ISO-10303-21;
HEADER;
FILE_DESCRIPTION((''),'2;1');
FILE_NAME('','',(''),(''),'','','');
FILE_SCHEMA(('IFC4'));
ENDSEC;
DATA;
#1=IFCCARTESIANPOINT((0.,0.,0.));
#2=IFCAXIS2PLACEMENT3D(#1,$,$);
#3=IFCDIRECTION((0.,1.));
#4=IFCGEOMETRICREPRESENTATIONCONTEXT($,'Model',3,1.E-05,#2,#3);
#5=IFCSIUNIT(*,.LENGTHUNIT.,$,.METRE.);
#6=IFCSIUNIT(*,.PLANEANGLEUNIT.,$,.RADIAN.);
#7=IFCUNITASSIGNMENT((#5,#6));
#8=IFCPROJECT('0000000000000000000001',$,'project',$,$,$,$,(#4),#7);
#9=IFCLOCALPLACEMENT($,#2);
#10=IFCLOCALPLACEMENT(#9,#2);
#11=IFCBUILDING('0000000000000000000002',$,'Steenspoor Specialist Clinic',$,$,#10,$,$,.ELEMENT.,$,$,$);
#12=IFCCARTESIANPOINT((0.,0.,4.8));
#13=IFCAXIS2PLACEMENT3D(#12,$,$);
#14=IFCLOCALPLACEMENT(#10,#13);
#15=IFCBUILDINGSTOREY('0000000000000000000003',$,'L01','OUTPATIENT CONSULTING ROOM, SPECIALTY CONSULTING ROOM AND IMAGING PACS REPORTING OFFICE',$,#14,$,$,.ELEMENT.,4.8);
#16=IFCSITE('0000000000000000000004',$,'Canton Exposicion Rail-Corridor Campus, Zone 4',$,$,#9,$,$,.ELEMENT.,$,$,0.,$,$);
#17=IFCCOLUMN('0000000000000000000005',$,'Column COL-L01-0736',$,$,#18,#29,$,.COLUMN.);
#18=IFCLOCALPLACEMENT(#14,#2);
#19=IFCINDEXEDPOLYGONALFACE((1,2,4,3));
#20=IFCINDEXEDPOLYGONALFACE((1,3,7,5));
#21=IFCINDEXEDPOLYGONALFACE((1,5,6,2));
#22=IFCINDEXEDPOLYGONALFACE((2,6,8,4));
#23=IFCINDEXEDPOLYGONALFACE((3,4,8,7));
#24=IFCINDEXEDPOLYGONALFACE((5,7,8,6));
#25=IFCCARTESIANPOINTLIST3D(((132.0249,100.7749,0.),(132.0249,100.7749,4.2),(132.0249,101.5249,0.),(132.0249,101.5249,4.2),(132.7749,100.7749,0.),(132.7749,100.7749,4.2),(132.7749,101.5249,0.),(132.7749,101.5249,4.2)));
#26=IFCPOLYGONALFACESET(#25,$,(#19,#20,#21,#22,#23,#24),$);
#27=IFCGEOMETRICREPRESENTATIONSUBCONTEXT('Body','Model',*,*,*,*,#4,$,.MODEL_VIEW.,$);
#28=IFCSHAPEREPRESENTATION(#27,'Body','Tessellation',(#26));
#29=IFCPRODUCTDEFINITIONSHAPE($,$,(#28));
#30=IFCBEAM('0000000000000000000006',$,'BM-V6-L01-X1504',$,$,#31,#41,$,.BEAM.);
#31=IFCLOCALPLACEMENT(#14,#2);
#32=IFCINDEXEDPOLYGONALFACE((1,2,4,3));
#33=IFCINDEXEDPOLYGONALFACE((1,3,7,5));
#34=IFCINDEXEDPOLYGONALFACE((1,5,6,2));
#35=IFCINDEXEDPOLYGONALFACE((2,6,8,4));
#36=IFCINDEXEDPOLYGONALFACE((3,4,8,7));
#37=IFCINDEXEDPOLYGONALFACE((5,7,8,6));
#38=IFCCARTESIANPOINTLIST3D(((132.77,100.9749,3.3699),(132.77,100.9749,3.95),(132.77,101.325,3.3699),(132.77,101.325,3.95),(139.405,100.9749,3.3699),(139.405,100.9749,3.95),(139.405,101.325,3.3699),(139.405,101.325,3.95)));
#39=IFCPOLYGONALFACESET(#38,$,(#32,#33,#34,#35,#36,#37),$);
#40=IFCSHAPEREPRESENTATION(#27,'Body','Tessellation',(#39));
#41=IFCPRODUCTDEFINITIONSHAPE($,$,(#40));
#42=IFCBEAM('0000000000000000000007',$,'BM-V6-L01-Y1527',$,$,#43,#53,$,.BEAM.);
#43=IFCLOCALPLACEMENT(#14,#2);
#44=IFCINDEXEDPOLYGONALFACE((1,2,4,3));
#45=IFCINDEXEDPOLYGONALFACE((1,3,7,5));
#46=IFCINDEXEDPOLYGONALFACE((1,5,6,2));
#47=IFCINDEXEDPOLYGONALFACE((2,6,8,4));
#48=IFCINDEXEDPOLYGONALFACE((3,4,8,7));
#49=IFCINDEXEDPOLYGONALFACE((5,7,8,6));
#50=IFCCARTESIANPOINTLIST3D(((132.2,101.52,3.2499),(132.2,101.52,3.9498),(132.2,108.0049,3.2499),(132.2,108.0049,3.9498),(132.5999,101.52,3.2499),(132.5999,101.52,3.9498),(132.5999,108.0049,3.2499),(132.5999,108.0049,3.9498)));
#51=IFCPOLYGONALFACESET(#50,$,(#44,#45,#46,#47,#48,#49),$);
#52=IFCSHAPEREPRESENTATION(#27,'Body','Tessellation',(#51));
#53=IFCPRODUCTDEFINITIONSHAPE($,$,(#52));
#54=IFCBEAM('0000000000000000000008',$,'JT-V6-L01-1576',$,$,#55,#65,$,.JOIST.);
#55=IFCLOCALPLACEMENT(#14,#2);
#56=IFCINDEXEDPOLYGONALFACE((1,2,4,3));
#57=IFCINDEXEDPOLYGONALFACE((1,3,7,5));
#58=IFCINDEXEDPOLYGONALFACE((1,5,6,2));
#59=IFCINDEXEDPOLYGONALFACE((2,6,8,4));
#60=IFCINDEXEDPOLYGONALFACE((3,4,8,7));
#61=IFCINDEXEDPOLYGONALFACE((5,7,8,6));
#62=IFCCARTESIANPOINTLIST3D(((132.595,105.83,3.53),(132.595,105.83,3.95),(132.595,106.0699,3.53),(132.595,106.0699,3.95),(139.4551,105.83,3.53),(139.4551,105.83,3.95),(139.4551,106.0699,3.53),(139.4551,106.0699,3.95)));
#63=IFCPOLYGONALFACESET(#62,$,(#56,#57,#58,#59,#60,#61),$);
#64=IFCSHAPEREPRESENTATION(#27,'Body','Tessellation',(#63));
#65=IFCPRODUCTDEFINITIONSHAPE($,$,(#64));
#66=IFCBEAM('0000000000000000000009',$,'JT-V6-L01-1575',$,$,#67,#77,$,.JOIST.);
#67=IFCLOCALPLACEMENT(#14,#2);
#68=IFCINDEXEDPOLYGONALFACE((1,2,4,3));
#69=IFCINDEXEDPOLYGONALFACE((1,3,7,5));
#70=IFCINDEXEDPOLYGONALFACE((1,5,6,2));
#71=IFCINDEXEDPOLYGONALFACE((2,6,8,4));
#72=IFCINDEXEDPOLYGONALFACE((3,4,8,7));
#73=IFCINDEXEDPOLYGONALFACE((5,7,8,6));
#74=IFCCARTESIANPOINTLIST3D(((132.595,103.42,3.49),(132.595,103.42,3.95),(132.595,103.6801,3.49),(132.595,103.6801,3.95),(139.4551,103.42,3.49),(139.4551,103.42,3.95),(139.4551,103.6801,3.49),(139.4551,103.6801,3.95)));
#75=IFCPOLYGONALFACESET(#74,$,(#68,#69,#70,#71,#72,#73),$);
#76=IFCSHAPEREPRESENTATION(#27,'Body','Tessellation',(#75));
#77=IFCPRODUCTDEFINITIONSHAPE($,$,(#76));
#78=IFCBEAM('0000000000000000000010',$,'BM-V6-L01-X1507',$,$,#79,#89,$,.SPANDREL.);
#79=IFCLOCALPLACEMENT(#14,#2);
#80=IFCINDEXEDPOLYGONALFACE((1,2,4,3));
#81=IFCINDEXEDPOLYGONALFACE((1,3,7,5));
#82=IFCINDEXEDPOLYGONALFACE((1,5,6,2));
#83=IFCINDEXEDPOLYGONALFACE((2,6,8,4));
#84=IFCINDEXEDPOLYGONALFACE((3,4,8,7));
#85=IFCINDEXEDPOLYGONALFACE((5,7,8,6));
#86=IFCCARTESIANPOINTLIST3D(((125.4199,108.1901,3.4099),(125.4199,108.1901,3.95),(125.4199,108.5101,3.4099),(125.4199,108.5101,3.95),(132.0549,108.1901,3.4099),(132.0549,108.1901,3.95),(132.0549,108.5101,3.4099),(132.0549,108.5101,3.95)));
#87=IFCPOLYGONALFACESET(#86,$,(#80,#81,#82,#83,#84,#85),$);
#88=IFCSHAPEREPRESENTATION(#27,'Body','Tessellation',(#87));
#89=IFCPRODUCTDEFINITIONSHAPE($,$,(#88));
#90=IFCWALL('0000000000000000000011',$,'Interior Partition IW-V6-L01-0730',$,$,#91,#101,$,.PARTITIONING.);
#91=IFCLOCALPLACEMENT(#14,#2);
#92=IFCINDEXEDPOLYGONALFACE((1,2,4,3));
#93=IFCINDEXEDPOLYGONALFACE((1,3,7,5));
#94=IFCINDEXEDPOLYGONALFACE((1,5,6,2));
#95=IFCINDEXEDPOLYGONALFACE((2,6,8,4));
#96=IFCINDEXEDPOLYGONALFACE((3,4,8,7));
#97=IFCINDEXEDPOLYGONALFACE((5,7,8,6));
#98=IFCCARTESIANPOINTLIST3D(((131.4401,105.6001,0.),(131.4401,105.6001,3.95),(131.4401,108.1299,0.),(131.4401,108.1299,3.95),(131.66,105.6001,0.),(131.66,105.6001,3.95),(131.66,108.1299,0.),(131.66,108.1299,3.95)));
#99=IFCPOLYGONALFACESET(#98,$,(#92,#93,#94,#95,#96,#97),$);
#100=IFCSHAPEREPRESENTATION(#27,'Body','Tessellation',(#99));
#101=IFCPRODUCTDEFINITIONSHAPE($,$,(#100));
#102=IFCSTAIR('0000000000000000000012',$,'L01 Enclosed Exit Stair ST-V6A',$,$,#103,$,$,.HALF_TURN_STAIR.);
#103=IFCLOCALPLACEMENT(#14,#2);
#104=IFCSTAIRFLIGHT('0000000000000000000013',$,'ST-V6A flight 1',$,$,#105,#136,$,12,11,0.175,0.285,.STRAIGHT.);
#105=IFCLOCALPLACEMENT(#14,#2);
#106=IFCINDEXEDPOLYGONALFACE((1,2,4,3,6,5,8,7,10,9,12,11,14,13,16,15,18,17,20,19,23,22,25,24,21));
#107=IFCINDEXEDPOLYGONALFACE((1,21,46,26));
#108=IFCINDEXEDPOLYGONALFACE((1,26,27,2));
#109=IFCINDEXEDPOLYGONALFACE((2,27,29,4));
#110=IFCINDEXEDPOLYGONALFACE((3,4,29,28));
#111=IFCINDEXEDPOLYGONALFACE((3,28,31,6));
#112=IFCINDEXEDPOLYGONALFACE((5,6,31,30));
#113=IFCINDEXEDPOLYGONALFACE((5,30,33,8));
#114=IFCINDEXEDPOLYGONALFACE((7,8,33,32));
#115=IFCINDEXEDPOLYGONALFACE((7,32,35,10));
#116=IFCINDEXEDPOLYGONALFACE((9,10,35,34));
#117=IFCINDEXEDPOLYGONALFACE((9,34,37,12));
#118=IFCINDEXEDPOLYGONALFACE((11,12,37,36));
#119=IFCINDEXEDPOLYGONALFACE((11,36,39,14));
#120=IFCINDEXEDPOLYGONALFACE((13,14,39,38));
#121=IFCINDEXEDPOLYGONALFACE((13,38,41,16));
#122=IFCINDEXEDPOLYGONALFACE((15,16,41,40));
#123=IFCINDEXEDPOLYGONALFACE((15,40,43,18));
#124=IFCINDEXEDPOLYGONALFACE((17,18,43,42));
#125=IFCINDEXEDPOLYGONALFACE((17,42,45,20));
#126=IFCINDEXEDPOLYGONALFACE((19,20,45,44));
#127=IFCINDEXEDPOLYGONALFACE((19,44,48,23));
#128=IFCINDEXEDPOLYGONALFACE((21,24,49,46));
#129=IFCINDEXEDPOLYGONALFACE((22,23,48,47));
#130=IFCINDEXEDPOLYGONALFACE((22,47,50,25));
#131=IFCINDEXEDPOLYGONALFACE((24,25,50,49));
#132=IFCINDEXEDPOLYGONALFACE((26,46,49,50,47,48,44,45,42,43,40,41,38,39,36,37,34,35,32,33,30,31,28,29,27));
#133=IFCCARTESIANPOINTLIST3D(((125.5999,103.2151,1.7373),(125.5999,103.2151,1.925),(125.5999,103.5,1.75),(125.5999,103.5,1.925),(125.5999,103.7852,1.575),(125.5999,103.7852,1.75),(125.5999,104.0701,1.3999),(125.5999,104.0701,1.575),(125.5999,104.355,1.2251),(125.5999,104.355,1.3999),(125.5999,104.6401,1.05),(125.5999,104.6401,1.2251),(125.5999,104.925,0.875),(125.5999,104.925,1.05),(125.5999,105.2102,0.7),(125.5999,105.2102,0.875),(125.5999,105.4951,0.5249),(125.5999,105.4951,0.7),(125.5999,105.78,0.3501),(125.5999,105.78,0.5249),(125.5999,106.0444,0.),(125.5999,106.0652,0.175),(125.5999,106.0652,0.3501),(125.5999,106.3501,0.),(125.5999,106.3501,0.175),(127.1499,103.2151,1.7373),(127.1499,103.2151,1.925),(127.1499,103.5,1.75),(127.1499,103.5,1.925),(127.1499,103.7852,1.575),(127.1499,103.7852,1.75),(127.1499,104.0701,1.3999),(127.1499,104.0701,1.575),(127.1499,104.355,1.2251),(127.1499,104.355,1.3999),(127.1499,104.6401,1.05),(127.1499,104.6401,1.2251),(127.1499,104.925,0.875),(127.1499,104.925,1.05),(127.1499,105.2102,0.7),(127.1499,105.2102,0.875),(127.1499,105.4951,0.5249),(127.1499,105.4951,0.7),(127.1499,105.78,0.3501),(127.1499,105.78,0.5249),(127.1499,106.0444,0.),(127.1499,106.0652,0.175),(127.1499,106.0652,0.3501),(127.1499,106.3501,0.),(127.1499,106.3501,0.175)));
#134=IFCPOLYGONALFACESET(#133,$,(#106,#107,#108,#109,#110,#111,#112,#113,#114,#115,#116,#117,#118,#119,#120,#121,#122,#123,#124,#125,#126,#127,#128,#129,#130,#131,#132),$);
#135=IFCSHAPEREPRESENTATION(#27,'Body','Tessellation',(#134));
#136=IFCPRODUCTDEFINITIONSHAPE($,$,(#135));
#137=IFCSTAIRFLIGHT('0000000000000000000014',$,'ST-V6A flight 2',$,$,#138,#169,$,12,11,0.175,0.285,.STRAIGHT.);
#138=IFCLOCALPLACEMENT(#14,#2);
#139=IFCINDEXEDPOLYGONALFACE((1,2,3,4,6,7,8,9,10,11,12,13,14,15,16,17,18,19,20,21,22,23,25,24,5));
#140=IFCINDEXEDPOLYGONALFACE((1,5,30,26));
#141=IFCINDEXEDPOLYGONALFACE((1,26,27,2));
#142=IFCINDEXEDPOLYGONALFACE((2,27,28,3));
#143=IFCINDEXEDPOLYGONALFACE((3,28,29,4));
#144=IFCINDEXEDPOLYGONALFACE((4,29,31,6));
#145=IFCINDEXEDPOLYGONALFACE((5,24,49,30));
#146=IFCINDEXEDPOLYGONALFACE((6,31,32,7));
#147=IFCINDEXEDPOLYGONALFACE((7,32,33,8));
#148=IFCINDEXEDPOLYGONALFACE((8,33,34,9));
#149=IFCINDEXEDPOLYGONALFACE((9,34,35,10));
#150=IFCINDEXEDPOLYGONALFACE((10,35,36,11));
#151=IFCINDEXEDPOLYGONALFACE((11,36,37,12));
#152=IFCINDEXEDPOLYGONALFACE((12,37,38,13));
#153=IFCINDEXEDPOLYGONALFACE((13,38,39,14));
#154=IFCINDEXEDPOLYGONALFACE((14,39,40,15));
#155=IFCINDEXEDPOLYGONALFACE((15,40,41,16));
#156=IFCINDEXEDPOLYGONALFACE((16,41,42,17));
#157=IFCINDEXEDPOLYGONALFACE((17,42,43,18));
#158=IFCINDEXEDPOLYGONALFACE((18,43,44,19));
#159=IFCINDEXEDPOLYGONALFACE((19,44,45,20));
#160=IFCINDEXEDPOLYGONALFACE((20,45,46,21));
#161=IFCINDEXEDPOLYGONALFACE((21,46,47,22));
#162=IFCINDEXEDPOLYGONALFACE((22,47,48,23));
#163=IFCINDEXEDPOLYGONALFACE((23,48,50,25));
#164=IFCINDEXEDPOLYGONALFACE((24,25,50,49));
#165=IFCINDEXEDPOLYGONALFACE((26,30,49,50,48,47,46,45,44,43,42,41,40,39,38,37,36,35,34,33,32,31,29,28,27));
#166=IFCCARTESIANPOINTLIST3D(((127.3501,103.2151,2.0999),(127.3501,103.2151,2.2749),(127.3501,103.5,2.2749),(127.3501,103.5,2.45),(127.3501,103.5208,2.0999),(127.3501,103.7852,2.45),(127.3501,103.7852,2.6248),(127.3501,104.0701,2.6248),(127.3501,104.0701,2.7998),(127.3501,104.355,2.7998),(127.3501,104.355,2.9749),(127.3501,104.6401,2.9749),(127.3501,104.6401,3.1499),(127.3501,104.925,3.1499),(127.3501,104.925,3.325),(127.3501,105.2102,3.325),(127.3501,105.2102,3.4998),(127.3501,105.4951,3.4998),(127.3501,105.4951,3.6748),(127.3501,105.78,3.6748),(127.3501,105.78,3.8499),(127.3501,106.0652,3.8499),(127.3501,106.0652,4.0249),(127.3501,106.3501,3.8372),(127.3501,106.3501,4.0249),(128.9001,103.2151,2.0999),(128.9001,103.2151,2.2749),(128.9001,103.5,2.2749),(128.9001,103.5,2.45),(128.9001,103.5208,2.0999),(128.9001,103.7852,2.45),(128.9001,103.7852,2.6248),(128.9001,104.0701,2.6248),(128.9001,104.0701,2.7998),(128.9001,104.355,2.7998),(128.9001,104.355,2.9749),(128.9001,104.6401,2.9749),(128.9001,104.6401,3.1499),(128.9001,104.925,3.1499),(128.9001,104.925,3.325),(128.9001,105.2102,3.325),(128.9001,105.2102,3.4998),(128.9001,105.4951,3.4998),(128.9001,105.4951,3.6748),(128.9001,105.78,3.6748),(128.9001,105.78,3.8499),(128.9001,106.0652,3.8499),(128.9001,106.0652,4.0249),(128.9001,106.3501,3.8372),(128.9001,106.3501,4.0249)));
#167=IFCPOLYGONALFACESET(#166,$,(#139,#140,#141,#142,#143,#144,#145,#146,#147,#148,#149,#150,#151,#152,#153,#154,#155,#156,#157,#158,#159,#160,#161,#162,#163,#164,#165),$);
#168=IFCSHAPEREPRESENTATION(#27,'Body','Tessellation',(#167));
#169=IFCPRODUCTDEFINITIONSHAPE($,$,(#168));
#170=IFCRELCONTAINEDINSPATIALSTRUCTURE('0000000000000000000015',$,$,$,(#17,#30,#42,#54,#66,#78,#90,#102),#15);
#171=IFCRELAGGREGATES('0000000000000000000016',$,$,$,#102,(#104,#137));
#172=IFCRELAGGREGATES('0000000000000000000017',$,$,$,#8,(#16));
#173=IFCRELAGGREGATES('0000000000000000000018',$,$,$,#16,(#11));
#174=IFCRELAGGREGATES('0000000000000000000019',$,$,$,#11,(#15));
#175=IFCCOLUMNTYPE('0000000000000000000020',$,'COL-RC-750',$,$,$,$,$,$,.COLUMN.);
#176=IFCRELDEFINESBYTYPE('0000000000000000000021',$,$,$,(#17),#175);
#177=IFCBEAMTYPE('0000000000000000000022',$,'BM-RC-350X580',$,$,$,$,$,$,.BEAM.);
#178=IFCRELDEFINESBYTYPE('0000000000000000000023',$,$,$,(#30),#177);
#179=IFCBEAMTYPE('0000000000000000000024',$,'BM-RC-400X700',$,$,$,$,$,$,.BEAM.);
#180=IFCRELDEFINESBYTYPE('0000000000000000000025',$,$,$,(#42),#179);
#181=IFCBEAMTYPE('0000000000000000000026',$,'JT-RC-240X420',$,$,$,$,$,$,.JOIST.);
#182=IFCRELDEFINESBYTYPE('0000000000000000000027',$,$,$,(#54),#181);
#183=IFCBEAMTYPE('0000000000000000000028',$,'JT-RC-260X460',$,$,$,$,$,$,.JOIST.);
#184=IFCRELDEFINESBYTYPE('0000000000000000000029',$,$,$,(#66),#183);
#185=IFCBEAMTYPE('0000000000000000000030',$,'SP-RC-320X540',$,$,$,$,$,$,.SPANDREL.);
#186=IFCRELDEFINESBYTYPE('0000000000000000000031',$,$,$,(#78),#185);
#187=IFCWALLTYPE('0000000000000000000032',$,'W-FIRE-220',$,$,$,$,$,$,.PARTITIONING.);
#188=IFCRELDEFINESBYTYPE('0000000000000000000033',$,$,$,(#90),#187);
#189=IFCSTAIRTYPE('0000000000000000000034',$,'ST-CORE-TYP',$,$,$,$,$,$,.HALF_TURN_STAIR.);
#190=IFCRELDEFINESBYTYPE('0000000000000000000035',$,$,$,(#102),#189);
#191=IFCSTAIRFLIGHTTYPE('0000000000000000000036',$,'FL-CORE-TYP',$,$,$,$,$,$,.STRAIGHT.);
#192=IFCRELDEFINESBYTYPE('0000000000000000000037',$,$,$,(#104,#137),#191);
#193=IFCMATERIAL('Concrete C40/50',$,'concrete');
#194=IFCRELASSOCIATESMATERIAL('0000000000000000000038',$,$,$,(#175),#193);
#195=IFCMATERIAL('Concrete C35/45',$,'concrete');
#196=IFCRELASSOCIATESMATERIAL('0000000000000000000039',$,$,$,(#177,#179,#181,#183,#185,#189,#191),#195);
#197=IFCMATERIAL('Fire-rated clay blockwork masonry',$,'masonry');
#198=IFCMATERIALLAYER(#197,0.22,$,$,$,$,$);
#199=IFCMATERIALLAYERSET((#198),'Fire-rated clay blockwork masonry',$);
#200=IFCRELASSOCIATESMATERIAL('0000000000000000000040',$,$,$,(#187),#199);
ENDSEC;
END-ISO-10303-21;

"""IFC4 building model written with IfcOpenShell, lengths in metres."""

from ifc_helpers import new_model, si_unit, direction, frame, frame_2d, origin, origin_2d, place, context, subcontext, project, spatial, polyline, rectangle, outline, extrude, material, layer, layer_set, material_profile, profile_set, type_object, element, aggregate, save


model = new_model("IFC4")

# Units and contexts
model_context = context("Model", 3, precision=1e-05, world=origin(), true_north=direction((0.0, 1.0)))
body_context = subcontext(model_context, "Body", "Model", "MODEL_VIEW")
ifc_project = project(units=[si_unit("LENGTHUNIT", "METRE"), si_unit("PLANEANGLEUNIT", "RADIAN")], contexts=[model_context])

# Site, building, storey
site_placement = place(None, origin())
site = spatial("IfcSite", under=ifc_project, at=site_placement, Name="Canton Exposicion Rail-Corridor Campus, Zone 4", CompositionType="ELEMENT", RefElevation=0.0)
building_placement = place(site_placement, origin())
building = spatial("IfcBuilding", under=site, at=building_placement, Name="Steenspoor Specialist Clinic", CompositionType="ELEMENT")
storey_placement = place(building_placement, frame((0.0, 0.0, 4.8)))
storey = spatial("IfcBuildingStorey", under=building, at=storey_placement, Name="L01", Description="OUTPATIENT CONSULTING ROOM, SPECIALTY CONSULTING ROOM AND IMAGING PACS REPORTING OFFICE", CompositionType="ELEMENT", Elevation=4.8)

# Column
ifc_material_1 = material(Name="Concrete C40/50", Category="concrete")
ifc_material_profile_1 = material_profile(ifc_material_1, rectangle(XDim=0.75, YDim=0.75, at=origin_2d()), Name="RC-COL-750X750")
ifc_profile_set_1 = profile_set([ifc_material_profile_1], Name="Concrete C40/50")
column_type = type_object("IfcColumnType", Name="COL-RC-750", PredefinedType="COLUMN", material=ifc_profile_set_1)
column_placement = place(storey_placement, frame((132.3999, 101.1499, 0.0), z_axis=(0.0, 0.0, 1.0), x_axis=(1.0, 0.0, 0.0)))
element("IfcColumn", 1, at=column_placement, inside=storey, type_object=column_type, Name="Column COL-L01-0736", PredefinedType="COLUMN", context=body_context, shape_type="SweptSolid", body=[
    extrude(rectangle(XDim=0.75, YDim=0.75, at=origin_2d()), origin(), (0.0, 0.0, 1.0), 4.2),
])

# Beams
ifc_material_2 = material(Name="Concrete C35/45", Category="concrete")
ifc_material_profile_2 = material_profile(ifc_material_2, rectangle(XDim=0.3501, YDim=0.5801, at=origin_2d()), Name="RC-BM-350X580")
ifc_profile_set_2 = profile_set([ifc_material_profile_2], Name="Concrete C35/45")
beam_type_1 = type_object("IfcBeamType", Name="BM-RC-350X580", PredefinedType="BEAM", material=ifc_profile_set_2)
beam_1_placement = place(storey_placement, frame((132.77, 101.1499, 3.6599), z_axis=(1.0, 0.0, 0.0), x_axis=(0.0, 1.0, 0.0)))
element("IfcBeam", 2, at=beam_1_placement, inside=storey, type_object=beam_type_1, Name="BM-V6-L01-X1504", PredefinedType="BEAM", context=body_context, shape_type="SweptSolid", body=[
    extrude(rectangle(XDim=0.3501, YDim=0.5801, at=origin_2d()), origin(), (0.0, 0.0, 1.0), 6.635),
])
ifc_material_profile_3 = material_profile(ifc_material_2, rectangle(XDim=0.3999, YDim=0.7, at=origin_2d()), Name="RC-BM-400X700")
ifc_profile_set_3 = profile_set([ifc_material_profile_3], Name="Concrete C35/45")
beam_type_2 = type_object("IfcBeamType", Name="BM-RC-400X700", PredefinedType="BEAM", material=ifc_profile_set_3)
beam_2_placement = place(storey_placement, frame((132.3999, 101.52, 3.5999), z_axis=(0.0, 1.0, 0.0), x_axis=(-1.0, 0.0, 0.0)))
element("IfcBeam", 3, at=beam_2_placement, inside=storey, type_object=beam_type_2, Name="BM-V6-L01-Y1527", PredefinedType="BEAM", context=body_context, shape_type="SweptSolid", body=[
    extrude(rectangle(XDim=0.3999, YDim=0.7, at=origin_2d()), origin(), (0.0, 0.0, 1.0), 6.4849),
])
ifc_material_profile_4 = material_profile(ifc_material_2, rectangle(XDim=0.24, YDim=0.4199, at=origin_2d()), Name="RC-JT-240X420")
ifc_profile_set_4 = profile_set([ifc_material_profile_4], Name="Concrete C35/45")
beam_type_3 = type_object("IfcBeamType", Name="JT-RC-240X420", PredefinedType="JOIST", material=ifc_profile_set_4)
beam_3_placement = place(storey_placement, frame((132.595, 105.95, 3.74), z_axis=(1.0, 0.0, 0.0), x_axis=(0.0, 1.0, 0.0)))
element("IfcBeam", 4, at=beam_3_placement, inside=storey, type_object=beam_type_3, Name="JT-V6-L01-1576", PredefinedType="JOIST", context=body_context, shape_type="SweptSolid", body=[
    extrude(rectangle(XDim=0.24, YDim=0.4199, at=origin_2d()), origin(), (0.0, 0.0, 1.0), 6.8601),
])
ifc_material_profile_5 = material_profile(ifc_material_2, rectangle(XDim=0.26, YDim=0.46, at=origin_2d()), Name="RC-JT-260X460")
ifc_profile_set_5 = profile_set([ifc_material_profile_5], Name="Concrete C35/45")
beam_type_4 = type_object("IfcBeamType", Name="JT-RC-260X460", PredefinedType="JOIST", material=ifc_profile_set_5)
beam_4_placement = place(storey_placement, frame((132.595, 103.55, 3.72), z_axis=(1.0, 0.0, 0.0), x_axis=(0.0, 1.0, 0.0)))
element("IfcBeam", 5, at=beam_4_placement, inside=storey, type_object=beam_type_4, Name="JT-V6-L01-1575", PredefinedType="JOIST", context=body_context, shape_type="SweptSolid", body=[
    extrude(rectangle(XDim=0.26, YDim=0.46, at=origin_2d()), origin(), (0.0, 0.0, 1.0), 6.8601),
])
ifc_material_profile_6 = material_profile(ifc_material_2, rectangle(XDim=0.3201, YDim=0.54, at=origin_2d()), Name="RC-SP-320X540")
ifc_profile_set_6 = profile_set([ifc_material_profile_6], Name="Concrete C35/45")
beam_type_5 = type_object("IfcBeamType", Name="SP-RC-320X540", PredefinedType="SPANDREL", material=ifc_profile_set_6)
beam_5_placement = place(storey_placement, frame((125.4199, 108.3501, 3.6799), z_axis=(1.0, 0.0, 0.0), x_axis=(0.0, 1.0, 0.0)))
element("IfcBeam", 6, at=beam_5_placement, inside=storey, type_object=beam_type_5, Name="BM-V6-L01-X1507", PredefinedType="SPANDREL", context=body_context, shape_type="SweptSolid", body=[
    extrude(rectangle(XDim=0.3201, YDim=0.54, at=origin_2d()), origin(), (0.0, 0.0, 1.0), 6.635),
])

# Wall
ifc_material_3 = material(Name="Fire-rated clay blockwork masonry", Category="masonry")
ifc_layer = layer(ifc_material_3, 0.22)
ifc_layer_set = layer_set([ifc_layer], Name="Fire-rated clay blockwork masonry")
wall_type = type_object("IfcWallType", Name="W-FIRE-220", PredefinedType="PARTITIONING", material=ifc_layer_set)
wall_placement = place(storey_placement, frame((131.55, 105.6001, 0.0), z_axis=(0.0, 0.0, 1.0), x_axis=(0.0, 1.0, 0.0)))
element("IfcWall", 7, at=wall_placement, inside=storey, type_object=wall_type, Name="Interior Partition IW-V6-L01-0730", PredefinedType="PARTITIONING", context=body_context, shape_type="SweptSolid", body=[
    extrude(rectangle(XDim=2.5298, YDim=0.22, at=frame_2d((1.2649, 0.0))), origin(), (0.0, 0.0, 1.0), 3.95),
])

# Stair, stair flights
stair_type = type_object("IfcStairType", Name="ST-CORE-TYP", PredefinedType="HALF_TURN_STAIR", material=ifc_material_2)
stair_placement = place(storey_placement, origin())
stair = element("IfcStair", 8, at=stair_placement, inside=storey, type_object=stair_type, Name="L01 Enclosed Exit Stair ST-V6A", PredefinedType="HALF_TURN_STAIR")
stair_flight_type = type_object("IfcStairFlightType", Name="FL-CORE-TYP", PredefinedType="STRAIGHT", material=ifc_material_2)
stair_flight_1_placement = place(storey_placement, frame((126.375, 106.3501, 0.0), z_axis=(0.0, 0.0, 1.0), x_axis=(0.0, -1.0, 0.0)))
stair_flight_1 = element("IfcStairFlight", 9, at=stair_flight_1_placement, type_object=stair_flight_type, Name="ST-V6A flight 1", NumberOfRisers=12, NumberOfTreads=11, PredefinedType="STRAIGHT", RiserHeight=0.175, TreadLength=0.285, context=body_context, shape_type="SweptSolid", body=[
    extrude(outline(polyline([(0.0, 0.0), (0.0, 0.175), (0.2849, 0.175), (0.2849, 0.3501), (0.5701, 0.3501), (0.5701, 0.5249), (0.855, 0.5249), (0.855, 0.7), (1.1399, 0.7), (1.1399, 0.875), (1.425, 0.875), (1.425, 1.05), (1.71, 1.05), (1.71, 1.2251), (1.9951, 1.2251), (1.9951, 1.3999), (2.28, 1.3999), (2.28, 1.575), (2.5649, 1.575), (2.5649, 1.75), (2.8501, 1.75), (2.8501, 1.925), (3.135, 1.925), (3.135, 2.1001), (3.135, 1.7373), (0.3057, 0.0), (0.0, 0.0)])), frame((0.0, 0.7749, 0.0), z_axis=(0.0, -1.0, 0.0), x_axis=(1.0, 0.0, 0.0)), (0.0, 0.0, 1.0), 1.55),
])
stair_flight_2_placement = place(storey_placement, frame((128.125, 103.2151, 2.0999), z_axis=(0.0, 0.0, 1.0), x_axis=(0.0, 1.0, 0.0)))
stair_flight_2 = element("IfcStairFlight", 10, at=stair_flight_2_placement, type_object=stair_flight_type, Name="ST-V6A flight 2", NumberOfRisers=12, NumberOfTreads=11, PredefinedType="STRAIGHT", RiserHeight=0.175, TreadLength=0.285, context=body_context, shape_type="SweptSolid", body=[
    extrude(outline(polyline([(0.0, 0.0), (0.0, 0.175), (0.2849, 0.175), (0.2849, 0.3501), (0.5701, 0.3501), (0.5701, 0.5249), (0.855, 0.5249), (0.855, 0.7), (1.1399, 0.7), (1.1399, 0.875), (1.425, 0.875), (1.425, 1.05), (1.71, 1.05), (1.71, 1.2251), (1.9951, 1.2251), (1.9951, 1.3999), (2.28, 1.3999), (2.28, 1.575), (2.5649, 1.575), (2.5649, 1.75), (2.8501, 1.75), (2.8501, 1.925), (3.135, 1.925), (3.135, 2.1001), (3.135, 1.7373), (0.3057, 0.0), (0.0, 0.0)])), frame((0.0, 0.7749, 0.0), z_axis=(0.0, -1.0, 0.0), x_axis=(1.0, 0.0, 0.0)), (0.0, 0.0, 1.0), 1.55),
])
aggregate(stair, [stair_flight_1, stair_flight_2])

save(model, "model.ifc")
